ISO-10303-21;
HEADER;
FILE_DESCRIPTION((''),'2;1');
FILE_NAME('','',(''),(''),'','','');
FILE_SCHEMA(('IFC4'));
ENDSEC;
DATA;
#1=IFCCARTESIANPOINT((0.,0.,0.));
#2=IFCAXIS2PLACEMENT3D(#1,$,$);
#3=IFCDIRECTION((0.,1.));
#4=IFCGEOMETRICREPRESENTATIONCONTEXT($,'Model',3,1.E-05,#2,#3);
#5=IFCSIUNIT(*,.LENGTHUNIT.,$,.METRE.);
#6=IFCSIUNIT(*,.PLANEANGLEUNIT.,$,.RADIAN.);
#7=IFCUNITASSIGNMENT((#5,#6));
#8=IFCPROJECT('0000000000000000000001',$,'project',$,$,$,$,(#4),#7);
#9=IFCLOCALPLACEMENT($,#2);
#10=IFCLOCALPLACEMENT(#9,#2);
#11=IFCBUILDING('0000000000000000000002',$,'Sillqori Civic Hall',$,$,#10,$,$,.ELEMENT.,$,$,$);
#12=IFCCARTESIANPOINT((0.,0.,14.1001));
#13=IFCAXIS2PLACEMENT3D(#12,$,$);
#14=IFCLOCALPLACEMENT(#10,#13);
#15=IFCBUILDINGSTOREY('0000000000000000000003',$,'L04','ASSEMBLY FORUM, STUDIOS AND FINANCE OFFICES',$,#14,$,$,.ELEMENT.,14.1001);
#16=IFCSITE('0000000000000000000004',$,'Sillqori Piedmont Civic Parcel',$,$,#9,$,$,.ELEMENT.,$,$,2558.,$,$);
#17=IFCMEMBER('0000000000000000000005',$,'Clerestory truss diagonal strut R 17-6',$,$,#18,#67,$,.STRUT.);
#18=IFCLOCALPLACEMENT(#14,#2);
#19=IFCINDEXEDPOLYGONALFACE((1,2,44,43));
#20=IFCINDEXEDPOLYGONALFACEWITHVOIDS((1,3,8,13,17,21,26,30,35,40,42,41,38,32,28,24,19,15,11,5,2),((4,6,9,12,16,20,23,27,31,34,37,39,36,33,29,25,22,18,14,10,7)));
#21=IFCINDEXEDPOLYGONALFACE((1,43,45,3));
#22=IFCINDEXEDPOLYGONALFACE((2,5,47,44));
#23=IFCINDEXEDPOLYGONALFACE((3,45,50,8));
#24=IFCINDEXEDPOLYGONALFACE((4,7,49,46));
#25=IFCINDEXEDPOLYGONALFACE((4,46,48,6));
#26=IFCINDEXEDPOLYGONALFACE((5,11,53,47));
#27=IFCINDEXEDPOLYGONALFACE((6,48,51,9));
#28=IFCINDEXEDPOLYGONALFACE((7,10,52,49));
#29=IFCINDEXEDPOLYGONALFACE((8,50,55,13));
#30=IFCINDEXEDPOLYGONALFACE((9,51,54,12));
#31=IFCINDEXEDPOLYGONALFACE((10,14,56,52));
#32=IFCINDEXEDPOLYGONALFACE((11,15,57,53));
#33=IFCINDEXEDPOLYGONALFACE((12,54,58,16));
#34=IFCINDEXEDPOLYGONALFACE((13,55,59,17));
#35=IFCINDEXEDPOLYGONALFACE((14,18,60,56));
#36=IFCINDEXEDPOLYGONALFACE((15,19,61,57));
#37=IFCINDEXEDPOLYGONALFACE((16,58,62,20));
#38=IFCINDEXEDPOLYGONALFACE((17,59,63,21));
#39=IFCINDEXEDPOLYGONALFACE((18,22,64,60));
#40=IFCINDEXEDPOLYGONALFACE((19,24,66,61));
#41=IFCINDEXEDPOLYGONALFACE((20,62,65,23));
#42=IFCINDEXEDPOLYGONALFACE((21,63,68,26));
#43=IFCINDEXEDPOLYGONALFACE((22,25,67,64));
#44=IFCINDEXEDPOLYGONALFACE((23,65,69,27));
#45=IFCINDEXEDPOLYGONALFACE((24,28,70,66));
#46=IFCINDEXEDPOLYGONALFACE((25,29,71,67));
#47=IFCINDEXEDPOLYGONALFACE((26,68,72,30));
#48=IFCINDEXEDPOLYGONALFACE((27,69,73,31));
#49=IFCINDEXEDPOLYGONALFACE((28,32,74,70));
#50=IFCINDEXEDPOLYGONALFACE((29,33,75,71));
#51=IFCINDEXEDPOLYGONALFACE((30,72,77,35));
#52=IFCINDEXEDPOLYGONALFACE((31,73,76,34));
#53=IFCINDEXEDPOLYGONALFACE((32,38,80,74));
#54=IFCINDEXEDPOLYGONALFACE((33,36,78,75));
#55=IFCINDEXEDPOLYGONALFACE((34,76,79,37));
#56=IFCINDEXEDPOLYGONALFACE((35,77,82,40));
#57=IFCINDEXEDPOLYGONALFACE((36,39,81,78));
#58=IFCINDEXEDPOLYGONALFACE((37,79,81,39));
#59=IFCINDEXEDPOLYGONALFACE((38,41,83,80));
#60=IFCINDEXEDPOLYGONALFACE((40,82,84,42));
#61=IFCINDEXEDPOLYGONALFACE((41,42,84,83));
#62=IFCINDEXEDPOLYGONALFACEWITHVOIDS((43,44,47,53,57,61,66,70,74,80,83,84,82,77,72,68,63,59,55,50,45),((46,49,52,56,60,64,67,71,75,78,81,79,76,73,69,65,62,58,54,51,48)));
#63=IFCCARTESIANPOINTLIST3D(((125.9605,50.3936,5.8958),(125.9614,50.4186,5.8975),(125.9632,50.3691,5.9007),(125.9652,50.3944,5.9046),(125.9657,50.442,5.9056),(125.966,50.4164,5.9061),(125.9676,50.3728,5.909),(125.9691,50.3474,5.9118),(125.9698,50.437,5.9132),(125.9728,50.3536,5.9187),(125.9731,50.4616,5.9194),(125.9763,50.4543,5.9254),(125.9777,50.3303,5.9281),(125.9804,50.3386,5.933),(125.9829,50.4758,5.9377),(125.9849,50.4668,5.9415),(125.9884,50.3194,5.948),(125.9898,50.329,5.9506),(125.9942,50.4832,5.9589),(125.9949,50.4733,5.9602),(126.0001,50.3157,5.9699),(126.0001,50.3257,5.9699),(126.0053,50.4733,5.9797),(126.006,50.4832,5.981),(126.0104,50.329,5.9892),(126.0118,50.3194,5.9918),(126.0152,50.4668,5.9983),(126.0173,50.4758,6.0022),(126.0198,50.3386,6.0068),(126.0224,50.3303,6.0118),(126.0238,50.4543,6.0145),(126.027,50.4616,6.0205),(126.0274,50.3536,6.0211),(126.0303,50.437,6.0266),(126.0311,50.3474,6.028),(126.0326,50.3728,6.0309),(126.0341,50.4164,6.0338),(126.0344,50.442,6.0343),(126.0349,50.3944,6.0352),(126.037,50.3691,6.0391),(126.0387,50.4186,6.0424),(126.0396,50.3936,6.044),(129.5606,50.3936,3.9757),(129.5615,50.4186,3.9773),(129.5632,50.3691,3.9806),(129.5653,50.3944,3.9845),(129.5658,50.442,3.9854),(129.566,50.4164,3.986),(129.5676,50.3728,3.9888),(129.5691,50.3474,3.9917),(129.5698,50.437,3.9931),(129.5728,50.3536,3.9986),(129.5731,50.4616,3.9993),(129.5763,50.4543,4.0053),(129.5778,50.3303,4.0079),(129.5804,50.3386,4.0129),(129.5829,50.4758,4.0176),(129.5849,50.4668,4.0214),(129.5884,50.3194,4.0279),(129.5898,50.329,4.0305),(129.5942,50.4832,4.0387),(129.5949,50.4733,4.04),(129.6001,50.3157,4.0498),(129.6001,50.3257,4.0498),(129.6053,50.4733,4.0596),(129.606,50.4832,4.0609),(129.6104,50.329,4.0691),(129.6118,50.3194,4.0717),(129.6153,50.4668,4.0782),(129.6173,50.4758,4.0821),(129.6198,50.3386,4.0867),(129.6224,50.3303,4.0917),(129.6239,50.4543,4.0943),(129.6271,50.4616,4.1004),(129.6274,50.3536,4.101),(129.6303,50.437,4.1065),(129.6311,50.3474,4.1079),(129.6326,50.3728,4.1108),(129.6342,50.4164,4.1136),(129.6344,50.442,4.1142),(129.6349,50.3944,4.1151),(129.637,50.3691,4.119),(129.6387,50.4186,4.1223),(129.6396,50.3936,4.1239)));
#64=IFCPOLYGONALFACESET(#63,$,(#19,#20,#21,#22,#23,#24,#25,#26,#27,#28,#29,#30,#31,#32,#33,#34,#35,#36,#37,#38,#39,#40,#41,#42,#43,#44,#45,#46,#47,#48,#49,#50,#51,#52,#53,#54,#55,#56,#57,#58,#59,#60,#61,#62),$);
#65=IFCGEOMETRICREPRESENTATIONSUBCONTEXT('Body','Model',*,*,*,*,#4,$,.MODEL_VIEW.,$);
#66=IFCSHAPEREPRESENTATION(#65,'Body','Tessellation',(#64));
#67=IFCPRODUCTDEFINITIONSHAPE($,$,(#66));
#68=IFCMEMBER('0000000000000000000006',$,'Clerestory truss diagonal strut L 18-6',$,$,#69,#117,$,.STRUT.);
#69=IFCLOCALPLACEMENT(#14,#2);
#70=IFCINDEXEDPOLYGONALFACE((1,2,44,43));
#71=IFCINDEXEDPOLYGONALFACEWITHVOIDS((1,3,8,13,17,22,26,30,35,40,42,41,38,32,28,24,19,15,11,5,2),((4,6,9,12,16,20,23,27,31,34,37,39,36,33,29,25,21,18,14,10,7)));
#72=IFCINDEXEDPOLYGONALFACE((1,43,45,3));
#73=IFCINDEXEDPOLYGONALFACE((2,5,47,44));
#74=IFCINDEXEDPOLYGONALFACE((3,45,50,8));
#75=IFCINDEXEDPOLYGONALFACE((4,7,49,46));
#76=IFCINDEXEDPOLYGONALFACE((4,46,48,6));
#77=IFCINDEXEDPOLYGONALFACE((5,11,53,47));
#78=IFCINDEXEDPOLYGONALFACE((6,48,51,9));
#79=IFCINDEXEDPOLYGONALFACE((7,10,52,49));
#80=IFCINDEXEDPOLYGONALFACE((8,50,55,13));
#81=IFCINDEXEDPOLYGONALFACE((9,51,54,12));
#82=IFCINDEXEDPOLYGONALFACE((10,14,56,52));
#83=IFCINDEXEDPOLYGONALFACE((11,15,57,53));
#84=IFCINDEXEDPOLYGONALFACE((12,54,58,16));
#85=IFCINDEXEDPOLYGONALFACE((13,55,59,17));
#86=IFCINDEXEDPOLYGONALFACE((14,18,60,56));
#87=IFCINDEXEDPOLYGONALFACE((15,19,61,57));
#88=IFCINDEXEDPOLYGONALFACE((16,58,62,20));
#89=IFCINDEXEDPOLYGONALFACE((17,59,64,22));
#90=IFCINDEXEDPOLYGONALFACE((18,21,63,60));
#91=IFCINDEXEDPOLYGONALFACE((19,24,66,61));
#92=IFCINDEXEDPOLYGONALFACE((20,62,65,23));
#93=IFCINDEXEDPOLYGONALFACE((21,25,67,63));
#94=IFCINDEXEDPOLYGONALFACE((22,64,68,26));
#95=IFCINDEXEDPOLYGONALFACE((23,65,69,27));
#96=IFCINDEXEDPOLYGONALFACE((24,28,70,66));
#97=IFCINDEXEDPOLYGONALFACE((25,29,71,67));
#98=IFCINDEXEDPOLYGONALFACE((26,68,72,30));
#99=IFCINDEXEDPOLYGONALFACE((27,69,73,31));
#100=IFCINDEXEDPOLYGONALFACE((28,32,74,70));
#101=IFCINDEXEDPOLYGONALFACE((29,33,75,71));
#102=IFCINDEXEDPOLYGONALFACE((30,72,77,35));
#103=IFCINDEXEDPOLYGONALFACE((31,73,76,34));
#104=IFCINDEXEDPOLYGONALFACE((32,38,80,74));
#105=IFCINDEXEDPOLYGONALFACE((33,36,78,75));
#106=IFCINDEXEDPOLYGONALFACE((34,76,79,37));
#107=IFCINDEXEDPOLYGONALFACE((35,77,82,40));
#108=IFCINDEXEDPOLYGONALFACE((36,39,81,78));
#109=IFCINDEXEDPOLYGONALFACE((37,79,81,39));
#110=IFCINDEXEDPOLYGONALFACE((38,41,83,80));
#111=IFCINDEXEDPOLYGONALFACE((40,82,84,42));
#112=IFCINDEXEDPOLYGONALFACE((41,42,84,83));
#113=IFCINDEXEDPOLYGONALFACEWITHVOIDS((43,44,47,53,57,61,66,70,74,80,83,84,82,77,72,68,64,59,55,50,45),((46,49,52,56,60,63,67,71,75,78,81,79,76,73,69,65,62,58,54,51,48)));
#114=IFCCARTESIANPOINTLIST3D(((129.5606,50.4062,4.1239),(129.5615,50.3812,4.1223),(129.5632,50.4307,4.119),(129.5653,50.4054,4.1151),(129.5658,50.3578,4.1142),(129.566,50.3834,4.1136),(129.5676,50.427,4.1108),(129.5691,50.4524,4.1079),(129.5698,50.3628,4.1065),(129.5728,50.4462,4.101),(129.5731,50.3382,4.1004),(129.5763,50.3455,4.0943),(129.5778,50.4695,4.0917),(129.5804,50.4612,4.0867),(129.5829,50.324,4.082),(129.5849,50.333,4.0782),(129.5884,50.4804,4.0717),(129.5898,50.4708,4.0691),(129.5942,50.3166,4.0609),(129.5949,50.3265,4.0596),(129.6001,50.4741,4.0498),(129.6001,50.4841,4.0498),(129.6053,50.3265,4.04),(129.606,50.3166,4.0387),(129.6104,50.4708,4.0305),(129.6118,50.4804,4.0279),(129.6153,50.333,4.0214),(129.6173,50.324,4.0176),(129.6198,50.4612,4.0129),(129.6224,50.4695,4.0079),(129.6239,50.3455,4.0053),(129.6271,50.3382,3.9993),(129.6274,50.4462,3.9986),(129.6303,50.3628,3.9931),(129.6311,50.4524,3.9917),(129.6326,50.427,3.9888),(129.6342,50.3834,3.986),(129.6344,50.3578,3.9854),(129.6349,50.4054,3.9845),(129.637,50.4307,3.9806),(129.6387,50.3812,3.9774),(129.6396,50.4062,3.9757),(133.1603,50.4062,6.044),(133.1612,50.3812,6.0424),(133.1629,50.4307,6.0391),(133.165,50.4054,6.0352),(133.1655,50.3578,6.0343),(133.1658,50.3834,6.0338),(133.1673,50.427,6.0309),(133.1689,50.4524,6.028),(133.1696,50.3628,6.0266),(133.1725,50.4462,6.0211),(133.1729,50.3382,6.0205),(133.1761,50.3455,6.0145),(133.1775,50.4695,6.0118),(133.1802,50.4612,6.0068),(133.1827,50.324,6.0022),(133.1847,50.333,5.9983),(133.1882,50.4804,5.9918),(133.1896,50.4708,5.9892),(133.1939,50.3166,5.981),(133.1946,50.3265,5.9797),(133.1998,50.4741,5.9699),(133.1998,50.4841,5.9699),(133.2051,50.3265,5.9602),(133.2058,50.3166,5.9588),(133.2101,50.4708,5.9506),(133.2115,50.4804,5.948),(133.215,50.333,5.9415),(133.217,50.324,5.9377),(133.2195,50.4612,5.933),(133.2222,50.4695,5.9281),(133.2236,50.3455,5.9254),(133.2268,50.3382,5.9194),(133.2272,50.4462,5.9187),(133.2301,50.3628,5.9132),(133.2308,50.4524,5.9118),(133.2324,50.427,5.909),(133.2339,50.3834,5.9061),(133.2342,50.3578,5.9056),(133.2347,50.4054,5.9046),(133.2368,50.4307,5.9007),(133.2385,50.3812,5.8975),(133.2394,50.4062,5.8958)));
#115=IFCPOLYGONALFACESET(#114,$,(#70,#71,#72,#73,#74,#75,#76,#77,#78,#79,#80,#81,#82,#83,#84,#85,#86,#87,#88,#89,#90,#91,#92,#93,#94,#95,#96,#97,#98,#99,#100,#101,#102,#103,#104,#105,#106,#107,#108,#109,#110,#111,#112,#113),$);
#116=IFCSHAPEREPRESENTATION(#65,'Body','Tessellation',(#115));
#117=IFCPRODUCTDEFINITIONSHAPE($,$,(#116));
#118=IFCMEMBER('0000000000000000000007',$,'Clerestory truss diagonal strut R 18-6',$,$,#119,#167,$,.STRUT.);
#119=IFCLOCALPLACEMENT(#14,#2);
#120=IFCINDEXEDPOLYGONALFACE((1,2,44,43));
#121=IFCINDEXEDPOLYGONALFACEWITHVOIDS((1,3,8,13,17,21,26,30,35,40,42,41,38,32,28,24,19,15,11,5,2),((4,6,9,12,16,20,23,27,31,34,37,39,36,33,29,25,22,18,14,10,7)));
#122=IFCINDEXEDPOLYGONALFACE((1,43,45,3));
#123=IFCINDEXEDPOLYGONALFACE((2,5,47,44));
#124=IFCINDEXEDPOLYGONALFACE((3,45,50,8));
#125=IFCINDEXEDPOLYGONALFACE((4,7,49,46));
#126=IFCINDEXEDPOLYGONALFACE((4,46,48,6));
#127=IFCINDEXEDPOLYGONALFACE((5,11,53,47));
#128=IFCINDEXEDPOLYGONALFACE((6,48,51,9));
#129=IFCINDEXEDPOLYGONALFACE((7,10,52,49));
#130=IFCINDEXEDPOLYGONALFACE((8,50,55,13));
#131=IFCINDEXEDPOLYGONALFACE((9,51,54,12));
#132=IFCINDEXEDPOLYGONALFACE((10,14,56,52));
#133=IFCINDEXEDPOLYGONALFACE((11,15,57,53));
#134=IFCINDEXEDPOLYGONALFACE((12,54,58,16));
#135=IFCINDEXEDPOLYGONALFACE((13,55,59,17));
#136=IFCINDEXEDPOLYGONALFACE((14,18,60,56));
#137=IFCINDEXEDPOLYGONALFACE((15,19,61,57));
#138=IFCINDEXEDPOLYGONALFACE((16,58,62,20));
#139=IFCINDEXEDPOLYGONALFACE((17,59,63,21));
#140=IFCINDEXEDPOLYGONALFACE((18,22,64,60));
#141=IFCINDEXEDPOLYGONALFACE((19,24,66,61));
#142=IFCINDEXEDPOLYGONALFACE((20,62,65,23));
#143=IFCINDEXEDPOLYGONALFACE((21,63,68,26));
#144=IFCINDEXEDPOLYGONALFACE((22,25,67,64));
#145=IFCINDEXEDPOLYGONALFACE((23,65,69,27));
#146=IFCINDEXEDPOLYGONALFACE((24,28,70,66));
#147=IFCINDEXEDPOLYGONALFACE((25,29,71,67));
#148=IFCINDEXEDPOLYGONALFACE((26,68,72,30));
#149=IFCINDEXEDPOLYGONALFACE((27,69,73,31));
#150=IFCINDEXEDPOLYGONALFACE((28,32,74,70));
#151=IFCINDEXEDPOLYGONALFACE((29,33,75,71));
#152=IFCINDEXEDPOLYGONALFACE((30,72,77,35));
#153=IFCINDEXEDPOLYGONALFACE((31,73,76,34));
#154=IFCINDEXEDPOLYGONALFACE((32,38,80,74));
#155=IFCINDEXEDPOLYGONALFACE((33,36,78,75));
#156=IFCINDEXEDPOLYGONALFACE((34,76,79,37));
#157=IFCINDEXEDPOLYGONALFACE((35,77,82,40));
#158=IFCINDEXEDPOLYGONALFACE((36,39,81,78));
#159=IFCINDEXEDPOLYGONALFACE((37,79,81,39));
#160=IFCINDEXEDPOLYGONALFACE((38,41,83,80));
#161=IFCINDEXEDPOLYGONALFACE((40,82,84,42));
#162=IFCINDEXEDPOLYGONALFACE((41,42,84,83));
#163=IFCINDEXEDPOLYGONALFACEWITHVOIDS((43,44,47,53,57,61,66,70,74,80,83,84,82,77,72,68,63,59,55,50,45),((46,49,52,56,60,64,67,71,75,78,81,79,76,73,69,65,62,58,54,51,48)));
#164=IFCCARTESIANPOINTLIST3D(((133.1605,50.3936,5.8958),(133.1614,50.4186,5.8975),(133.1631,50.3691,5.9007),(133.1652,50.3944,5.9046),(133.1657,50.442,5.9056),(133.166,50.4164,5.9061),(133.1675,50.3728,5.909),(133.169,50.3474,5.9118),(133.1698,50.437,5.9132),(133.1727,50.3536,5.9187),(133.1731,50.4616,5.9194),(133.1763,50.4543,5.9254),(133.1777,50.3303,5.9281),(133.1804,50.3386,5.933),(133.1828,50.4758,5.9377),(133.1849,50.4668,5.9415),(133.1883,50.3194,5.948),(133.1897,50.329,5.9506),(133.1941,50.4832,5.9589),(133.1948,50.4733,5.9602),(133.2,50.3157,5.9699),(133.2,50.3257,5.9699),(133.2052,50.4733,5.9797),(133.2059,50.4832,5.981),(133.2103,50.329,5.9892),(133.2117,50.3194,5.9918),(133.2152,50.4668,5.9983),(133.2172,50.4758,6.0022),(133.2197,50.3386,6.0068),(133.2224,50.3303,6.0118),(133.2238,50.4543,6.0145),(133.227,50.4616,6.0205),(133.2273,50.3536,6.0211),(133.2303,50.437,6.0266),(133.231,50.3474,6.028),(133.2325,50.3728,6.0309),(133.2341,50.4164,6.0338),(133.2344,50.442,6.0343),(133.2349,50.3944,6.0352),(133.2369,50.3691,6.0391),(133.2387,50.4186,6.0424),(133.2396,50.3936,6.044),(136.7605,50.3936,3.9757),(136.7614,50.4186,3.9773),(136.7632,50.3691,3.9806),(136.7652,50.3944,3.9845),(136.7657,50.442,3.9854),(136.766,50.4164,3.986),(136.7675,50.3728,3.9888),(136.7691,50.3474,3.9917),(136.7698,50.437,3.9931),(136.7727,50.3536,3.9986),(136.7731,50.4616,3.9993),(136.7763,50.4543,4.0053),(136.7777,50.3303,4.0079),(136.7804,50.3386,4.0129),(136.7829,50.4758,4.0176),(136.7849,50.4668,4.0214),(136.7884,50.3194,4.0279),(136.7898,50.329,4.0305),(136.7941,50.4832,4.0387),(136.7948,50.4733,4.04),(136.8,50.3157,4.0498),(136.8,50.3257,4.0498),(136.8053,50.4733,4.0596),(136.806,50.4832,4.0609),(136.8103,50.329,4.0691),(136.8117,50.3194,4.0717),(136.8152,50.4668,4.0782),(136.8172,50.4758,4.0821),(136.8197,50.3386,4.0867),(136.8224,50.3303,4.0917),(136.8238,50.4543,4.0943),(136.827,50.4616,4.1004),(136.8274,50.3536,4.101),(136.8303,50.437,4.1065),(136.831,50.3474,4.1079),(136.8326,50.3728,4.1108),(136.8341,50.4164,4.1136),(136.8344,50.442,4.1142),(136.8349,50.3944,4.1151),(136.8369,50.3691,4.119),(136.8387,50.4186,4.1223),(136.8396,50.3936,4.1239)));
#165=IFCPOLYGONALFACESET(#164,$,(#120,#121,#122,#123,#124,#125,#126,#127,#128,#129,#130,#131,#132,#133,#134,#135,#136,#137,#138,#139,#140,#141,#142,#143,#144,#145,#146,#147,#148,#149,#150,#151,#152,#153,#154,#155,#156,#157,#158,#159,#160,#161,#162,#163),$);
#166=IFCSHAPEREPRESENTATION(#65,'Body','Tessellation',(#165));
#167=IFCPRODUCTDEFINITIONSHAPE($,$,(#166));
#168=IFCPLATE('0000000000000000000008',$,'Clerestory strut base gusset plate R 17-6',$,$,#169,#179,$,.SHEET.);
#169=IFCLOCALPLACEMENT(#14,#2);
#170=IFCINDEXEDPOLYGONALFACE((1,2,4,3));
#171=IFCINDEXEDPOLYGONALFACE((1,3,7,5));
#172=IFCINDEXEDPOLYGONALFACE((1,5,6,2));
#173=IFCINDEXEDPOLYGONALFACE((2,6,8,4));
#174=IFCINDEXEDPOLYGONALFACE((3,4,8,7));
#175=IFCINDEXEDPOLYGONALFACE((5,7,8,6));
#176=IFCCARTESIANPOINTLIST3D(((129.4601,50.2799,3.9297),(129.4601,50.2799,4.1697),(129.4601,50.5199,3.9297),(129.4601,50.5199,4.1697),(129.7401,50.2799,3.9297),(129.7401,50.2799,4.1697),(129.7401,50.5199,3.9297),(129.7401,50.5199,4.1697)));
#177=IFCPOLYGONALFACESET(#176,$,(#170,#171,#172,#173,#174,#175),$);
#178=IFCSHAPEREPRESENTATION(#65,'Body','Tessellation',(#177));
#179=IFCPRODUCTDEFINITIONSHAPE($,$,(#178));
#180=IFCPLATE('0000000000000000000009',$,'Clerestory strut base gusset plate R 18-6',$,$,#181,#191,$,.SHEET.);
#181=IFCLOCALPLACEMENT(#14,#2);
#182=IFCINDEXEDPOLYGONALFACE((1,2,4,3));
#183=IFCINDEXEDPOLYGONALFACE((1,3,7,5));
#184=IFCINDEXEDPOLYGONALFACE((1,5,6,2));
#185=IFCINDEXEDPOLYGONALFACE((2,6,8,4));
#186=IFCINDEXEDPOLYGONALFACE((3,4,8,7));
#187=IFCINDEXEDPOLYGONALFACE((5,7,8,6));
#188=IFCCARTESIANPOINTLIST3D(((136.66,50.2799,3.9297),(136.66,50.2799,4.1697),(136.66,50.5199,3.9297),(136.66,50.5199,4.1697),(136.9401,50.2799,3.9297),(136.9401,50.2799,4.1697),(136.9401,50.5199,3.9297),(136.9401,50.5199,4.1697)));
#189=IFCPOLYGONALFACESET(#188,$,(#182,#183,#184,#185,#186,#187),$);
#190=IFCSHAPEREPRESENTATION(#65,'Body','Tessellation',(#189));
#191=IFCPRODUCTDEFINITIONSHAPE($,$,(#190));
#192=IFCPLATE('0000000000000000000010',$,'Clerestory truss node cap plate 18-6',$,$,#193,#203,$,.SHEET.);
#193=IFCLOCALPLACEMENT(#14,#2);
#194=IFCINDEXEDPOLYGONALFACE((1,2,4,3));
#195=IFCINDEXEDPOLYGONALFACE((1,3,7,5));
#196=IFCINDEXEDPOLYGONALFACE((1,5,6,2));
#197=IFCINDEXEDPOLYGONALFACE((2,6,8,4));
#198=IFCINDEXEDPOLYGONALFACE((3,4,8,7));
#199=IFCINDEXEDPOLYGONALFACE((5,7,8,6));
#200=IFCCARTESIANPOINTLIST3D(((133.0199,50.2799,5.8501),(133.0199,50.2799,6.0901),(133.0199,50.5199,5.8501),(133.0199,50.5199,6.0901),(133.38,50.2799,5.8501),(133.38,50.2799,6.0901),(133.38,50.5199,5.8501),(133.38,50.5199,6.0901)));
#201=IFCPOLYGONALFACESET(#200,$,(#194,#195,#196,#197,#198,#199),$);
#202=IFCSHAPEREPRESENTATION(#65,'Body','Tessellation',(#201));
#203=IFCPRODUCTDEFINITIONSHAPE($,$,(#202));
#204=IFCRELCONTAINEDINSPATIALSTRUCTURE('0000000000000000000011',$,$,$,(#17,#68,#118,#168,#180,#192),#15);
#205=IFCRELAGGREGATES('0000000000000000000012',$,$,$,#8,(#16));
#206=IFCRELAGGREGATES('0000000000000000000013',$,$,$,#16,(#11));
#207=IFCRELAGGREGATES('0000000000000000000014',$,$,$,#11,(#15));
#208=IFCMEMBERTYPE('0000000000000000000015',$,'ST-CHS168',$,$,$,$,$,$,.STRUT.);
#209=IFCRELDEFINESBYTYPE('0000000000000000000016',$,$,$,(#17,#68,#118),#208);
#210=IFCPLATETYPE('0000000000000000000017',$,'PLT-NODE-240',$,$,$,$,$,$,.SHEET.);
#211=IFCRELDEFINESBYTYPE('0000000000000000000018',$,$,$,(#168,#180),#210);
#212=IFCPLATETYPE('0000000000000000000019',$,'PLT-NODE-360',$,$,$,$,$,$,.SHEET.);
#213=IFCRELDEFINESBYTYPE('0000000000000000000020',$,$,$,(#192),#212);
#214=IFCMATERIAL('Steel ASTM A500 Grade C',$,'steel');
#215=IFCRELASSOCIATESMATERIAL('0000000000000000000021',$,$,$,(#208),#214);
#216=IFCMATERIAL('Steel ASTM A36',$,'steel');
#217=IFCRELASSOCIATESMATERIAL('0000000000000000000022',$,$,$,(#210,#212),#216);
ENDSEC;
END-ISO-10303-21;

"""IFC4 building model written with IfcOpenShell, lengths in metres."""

from ifc_helpers import new_model, si_unit, direction, frame, origin, origin_2d, place, context, subcontext, project, spatial, rectangle, hollow_circle, extrude, material, material_profile, profile_set, type_object, element, save


model = new_model("IFC4")

# Units and contexts
model_context = context("Model", 3, precision=1e-05, world=origin(), true_north=direction((0.0, 1.0)))
body_context = subcontext(model_context, "Body", "Model", "MODEL_VIEW")
ifc_project = project(units=[si_unit("LENGTHUNIT", "METRE"), si_unit("PLANEANGLEUNIT", "RADIAN")], contexts=[model_context])

# Site, building, storey
site_placement = place(None, origin())
site = spatial("IfcSite", under=ifc_project, at=site_placement, Name="Sillqori Piedmont Civic Parcel", CompositionType="ELEMENT", RefElevation=2558.0)
building_placement = place(site_placement, origin())
building = spatial("IfcBuilding", under=site, at=building_placement, Name="Sillqori Civic Hall", CompositionType="ELEMENT")
storey_placement = place(building_placement, frame((0.0, 0.0, 14.1001)))
storey = spatial("IfcBuildingStorey", under=building, at=storey_placement, Name="L04", Description="ASSEMBLY FORUM, STUDIOS AND FINANCE OFFICES", CompositionType="ELEMENT", Elevation=14.1001)

# Shared definitions
ifc_material_1 = material(Name="Steel ASTM A500 Grade C", Category="steel")

# Members
ifc_material_profile_1 = material_profile(ifc_material_1, hollow_circle(Radius=0.0842, WallThickness=0.01, at=origin_2d()), Name="CHS168X10")
ifc_profile_set_1 = profile_set([ifc_material_profile_1], Name="Steel ASTM A500 Grade C")
member_type_1 = type_object("IfcMemberType", Name="ST-CHS168", PredefinedType="STRUT", material=ifc_profile_set_1)
member_1_placement = place(storey_placement, frame((129.6001, 50.3999, 4.0498), z_axis=(-0.882341, 0.0, 0.47061), x_axis=(0.0, -1.0, 0.0)))
element("IfcMember", 1, at=member_1_placement, inside=storey, type_object=member_type_1, Name="Clerestory truss diagonal strut R 17-6", PredefinedType="STRUT", context=body_context, shape_type="SweptSolid", body=[
    extrude(hollow_circle(Radius=0.0842, WallThickness=0.01, at=origin_2d()), origin(), (0.0, 0.0, 1.0), 4.0801),
])
member_2_placement = place(storey_placement, frame((129.6001, 50.3999, 4.0498), z_axis=(0.882328, 0.0, 0.470635), x_axis=(0.0, 1.0, 0.0)))
element("IfcMember", 2, at=member_2_placement, inside=storey, type_object=member_type_1, Name="Clerestory truss diagonal strut L 18-6", PredefinedType="STRUT", context=body_context, shape_type="SweptSolid", body=[
    extrude(hollow_circle(Radius=0.0842, WallThickness=0.01, at=origin_2d()), origin(), (0.0, 0.0, 1.0), 4.0798),
])
member_3_placement = place(storey_placement, frame((136.8, 50.3999, 4.0498), z_axis=(-0.882341, 0.0, 0.47061), x_axis=(0.0, -1.0, 0.0)))
element("IfcMember", 3, at=member_3_placement, inside=storey, type_object=member_type_1, Name="Clerestory truss diagonal strut R 18-6", PredefinedType="STRUT", context=body_context, shape_type="SweptSolid", body=[
    extrude(hollow_circle(Radius=0.0842, WallThickness=0.01, at=origin_2d()), origin(), (0.0, 0.0, 1.0), 4.0801),
])

# Plates
ifc_material_2 = material(Name="Steel ASTM A36", Category="steel")
plate_type_1 = type_object("IfcPlateType", Name="PLT-NODE-240", PredefinedType="SHEET", material=ifc_material_2)
for number, where, z_axis, x_axis, name in (
    (4, (129.6001, 50.3999, 3.9297), (0.0, 0.0, 1.0), (1.0, 0.0, 0.0), "Clerestory strut base gusset plate R 17-6"),
    (5, (136.8, 50.3999, 3.9297), (0.0, 0.0, 1.0), (1.0, 0.0, 0.0), "Clerestory strut base gusset plate R 18-6"),
):
    element("IfcPlate", number, at=place(storey_placement, frame(where, z_axis=z_axis, x_axis=x_axis)), inside=storey, type_object=plate_type_1, Name=name, PredefinedType="SHEET", context=body_context, shape_type="SweptSolid", body=[
        extrude(rectangle(XDim=0.28, YDim=0.24, at=origin_2d()), origin(), (0.0, 0.0, 1.0), 0.24),
    ])
plate_type_2 = type_object("IfcPlateType", Name="PLT-NODE-360", PredefinedType="SHEET", material=ifc_material_2)
plate_1_placement = place(storey_placement, frame((133.2, 50.3999, 5.8501), z_axis=(0.0, 0.0, 1.0), x_axis=(1.0, 0.0, 0.0)))
element("IfcPlate", 6, at=plate_1_placement, inside=storey, type_object=plate_type_2, Name="Clerestory truss node cap plate 18-6", PredefinedType="SHEET", context=body_context, shape_type="SweptSolid", body=[
    extrude(rectangle(XDim=0.3601, YDim=0.24, at=origin_2d()), origin(), (0.0, 0.0, 1.0), 0.24),
])

save(model, "model.ifc")
